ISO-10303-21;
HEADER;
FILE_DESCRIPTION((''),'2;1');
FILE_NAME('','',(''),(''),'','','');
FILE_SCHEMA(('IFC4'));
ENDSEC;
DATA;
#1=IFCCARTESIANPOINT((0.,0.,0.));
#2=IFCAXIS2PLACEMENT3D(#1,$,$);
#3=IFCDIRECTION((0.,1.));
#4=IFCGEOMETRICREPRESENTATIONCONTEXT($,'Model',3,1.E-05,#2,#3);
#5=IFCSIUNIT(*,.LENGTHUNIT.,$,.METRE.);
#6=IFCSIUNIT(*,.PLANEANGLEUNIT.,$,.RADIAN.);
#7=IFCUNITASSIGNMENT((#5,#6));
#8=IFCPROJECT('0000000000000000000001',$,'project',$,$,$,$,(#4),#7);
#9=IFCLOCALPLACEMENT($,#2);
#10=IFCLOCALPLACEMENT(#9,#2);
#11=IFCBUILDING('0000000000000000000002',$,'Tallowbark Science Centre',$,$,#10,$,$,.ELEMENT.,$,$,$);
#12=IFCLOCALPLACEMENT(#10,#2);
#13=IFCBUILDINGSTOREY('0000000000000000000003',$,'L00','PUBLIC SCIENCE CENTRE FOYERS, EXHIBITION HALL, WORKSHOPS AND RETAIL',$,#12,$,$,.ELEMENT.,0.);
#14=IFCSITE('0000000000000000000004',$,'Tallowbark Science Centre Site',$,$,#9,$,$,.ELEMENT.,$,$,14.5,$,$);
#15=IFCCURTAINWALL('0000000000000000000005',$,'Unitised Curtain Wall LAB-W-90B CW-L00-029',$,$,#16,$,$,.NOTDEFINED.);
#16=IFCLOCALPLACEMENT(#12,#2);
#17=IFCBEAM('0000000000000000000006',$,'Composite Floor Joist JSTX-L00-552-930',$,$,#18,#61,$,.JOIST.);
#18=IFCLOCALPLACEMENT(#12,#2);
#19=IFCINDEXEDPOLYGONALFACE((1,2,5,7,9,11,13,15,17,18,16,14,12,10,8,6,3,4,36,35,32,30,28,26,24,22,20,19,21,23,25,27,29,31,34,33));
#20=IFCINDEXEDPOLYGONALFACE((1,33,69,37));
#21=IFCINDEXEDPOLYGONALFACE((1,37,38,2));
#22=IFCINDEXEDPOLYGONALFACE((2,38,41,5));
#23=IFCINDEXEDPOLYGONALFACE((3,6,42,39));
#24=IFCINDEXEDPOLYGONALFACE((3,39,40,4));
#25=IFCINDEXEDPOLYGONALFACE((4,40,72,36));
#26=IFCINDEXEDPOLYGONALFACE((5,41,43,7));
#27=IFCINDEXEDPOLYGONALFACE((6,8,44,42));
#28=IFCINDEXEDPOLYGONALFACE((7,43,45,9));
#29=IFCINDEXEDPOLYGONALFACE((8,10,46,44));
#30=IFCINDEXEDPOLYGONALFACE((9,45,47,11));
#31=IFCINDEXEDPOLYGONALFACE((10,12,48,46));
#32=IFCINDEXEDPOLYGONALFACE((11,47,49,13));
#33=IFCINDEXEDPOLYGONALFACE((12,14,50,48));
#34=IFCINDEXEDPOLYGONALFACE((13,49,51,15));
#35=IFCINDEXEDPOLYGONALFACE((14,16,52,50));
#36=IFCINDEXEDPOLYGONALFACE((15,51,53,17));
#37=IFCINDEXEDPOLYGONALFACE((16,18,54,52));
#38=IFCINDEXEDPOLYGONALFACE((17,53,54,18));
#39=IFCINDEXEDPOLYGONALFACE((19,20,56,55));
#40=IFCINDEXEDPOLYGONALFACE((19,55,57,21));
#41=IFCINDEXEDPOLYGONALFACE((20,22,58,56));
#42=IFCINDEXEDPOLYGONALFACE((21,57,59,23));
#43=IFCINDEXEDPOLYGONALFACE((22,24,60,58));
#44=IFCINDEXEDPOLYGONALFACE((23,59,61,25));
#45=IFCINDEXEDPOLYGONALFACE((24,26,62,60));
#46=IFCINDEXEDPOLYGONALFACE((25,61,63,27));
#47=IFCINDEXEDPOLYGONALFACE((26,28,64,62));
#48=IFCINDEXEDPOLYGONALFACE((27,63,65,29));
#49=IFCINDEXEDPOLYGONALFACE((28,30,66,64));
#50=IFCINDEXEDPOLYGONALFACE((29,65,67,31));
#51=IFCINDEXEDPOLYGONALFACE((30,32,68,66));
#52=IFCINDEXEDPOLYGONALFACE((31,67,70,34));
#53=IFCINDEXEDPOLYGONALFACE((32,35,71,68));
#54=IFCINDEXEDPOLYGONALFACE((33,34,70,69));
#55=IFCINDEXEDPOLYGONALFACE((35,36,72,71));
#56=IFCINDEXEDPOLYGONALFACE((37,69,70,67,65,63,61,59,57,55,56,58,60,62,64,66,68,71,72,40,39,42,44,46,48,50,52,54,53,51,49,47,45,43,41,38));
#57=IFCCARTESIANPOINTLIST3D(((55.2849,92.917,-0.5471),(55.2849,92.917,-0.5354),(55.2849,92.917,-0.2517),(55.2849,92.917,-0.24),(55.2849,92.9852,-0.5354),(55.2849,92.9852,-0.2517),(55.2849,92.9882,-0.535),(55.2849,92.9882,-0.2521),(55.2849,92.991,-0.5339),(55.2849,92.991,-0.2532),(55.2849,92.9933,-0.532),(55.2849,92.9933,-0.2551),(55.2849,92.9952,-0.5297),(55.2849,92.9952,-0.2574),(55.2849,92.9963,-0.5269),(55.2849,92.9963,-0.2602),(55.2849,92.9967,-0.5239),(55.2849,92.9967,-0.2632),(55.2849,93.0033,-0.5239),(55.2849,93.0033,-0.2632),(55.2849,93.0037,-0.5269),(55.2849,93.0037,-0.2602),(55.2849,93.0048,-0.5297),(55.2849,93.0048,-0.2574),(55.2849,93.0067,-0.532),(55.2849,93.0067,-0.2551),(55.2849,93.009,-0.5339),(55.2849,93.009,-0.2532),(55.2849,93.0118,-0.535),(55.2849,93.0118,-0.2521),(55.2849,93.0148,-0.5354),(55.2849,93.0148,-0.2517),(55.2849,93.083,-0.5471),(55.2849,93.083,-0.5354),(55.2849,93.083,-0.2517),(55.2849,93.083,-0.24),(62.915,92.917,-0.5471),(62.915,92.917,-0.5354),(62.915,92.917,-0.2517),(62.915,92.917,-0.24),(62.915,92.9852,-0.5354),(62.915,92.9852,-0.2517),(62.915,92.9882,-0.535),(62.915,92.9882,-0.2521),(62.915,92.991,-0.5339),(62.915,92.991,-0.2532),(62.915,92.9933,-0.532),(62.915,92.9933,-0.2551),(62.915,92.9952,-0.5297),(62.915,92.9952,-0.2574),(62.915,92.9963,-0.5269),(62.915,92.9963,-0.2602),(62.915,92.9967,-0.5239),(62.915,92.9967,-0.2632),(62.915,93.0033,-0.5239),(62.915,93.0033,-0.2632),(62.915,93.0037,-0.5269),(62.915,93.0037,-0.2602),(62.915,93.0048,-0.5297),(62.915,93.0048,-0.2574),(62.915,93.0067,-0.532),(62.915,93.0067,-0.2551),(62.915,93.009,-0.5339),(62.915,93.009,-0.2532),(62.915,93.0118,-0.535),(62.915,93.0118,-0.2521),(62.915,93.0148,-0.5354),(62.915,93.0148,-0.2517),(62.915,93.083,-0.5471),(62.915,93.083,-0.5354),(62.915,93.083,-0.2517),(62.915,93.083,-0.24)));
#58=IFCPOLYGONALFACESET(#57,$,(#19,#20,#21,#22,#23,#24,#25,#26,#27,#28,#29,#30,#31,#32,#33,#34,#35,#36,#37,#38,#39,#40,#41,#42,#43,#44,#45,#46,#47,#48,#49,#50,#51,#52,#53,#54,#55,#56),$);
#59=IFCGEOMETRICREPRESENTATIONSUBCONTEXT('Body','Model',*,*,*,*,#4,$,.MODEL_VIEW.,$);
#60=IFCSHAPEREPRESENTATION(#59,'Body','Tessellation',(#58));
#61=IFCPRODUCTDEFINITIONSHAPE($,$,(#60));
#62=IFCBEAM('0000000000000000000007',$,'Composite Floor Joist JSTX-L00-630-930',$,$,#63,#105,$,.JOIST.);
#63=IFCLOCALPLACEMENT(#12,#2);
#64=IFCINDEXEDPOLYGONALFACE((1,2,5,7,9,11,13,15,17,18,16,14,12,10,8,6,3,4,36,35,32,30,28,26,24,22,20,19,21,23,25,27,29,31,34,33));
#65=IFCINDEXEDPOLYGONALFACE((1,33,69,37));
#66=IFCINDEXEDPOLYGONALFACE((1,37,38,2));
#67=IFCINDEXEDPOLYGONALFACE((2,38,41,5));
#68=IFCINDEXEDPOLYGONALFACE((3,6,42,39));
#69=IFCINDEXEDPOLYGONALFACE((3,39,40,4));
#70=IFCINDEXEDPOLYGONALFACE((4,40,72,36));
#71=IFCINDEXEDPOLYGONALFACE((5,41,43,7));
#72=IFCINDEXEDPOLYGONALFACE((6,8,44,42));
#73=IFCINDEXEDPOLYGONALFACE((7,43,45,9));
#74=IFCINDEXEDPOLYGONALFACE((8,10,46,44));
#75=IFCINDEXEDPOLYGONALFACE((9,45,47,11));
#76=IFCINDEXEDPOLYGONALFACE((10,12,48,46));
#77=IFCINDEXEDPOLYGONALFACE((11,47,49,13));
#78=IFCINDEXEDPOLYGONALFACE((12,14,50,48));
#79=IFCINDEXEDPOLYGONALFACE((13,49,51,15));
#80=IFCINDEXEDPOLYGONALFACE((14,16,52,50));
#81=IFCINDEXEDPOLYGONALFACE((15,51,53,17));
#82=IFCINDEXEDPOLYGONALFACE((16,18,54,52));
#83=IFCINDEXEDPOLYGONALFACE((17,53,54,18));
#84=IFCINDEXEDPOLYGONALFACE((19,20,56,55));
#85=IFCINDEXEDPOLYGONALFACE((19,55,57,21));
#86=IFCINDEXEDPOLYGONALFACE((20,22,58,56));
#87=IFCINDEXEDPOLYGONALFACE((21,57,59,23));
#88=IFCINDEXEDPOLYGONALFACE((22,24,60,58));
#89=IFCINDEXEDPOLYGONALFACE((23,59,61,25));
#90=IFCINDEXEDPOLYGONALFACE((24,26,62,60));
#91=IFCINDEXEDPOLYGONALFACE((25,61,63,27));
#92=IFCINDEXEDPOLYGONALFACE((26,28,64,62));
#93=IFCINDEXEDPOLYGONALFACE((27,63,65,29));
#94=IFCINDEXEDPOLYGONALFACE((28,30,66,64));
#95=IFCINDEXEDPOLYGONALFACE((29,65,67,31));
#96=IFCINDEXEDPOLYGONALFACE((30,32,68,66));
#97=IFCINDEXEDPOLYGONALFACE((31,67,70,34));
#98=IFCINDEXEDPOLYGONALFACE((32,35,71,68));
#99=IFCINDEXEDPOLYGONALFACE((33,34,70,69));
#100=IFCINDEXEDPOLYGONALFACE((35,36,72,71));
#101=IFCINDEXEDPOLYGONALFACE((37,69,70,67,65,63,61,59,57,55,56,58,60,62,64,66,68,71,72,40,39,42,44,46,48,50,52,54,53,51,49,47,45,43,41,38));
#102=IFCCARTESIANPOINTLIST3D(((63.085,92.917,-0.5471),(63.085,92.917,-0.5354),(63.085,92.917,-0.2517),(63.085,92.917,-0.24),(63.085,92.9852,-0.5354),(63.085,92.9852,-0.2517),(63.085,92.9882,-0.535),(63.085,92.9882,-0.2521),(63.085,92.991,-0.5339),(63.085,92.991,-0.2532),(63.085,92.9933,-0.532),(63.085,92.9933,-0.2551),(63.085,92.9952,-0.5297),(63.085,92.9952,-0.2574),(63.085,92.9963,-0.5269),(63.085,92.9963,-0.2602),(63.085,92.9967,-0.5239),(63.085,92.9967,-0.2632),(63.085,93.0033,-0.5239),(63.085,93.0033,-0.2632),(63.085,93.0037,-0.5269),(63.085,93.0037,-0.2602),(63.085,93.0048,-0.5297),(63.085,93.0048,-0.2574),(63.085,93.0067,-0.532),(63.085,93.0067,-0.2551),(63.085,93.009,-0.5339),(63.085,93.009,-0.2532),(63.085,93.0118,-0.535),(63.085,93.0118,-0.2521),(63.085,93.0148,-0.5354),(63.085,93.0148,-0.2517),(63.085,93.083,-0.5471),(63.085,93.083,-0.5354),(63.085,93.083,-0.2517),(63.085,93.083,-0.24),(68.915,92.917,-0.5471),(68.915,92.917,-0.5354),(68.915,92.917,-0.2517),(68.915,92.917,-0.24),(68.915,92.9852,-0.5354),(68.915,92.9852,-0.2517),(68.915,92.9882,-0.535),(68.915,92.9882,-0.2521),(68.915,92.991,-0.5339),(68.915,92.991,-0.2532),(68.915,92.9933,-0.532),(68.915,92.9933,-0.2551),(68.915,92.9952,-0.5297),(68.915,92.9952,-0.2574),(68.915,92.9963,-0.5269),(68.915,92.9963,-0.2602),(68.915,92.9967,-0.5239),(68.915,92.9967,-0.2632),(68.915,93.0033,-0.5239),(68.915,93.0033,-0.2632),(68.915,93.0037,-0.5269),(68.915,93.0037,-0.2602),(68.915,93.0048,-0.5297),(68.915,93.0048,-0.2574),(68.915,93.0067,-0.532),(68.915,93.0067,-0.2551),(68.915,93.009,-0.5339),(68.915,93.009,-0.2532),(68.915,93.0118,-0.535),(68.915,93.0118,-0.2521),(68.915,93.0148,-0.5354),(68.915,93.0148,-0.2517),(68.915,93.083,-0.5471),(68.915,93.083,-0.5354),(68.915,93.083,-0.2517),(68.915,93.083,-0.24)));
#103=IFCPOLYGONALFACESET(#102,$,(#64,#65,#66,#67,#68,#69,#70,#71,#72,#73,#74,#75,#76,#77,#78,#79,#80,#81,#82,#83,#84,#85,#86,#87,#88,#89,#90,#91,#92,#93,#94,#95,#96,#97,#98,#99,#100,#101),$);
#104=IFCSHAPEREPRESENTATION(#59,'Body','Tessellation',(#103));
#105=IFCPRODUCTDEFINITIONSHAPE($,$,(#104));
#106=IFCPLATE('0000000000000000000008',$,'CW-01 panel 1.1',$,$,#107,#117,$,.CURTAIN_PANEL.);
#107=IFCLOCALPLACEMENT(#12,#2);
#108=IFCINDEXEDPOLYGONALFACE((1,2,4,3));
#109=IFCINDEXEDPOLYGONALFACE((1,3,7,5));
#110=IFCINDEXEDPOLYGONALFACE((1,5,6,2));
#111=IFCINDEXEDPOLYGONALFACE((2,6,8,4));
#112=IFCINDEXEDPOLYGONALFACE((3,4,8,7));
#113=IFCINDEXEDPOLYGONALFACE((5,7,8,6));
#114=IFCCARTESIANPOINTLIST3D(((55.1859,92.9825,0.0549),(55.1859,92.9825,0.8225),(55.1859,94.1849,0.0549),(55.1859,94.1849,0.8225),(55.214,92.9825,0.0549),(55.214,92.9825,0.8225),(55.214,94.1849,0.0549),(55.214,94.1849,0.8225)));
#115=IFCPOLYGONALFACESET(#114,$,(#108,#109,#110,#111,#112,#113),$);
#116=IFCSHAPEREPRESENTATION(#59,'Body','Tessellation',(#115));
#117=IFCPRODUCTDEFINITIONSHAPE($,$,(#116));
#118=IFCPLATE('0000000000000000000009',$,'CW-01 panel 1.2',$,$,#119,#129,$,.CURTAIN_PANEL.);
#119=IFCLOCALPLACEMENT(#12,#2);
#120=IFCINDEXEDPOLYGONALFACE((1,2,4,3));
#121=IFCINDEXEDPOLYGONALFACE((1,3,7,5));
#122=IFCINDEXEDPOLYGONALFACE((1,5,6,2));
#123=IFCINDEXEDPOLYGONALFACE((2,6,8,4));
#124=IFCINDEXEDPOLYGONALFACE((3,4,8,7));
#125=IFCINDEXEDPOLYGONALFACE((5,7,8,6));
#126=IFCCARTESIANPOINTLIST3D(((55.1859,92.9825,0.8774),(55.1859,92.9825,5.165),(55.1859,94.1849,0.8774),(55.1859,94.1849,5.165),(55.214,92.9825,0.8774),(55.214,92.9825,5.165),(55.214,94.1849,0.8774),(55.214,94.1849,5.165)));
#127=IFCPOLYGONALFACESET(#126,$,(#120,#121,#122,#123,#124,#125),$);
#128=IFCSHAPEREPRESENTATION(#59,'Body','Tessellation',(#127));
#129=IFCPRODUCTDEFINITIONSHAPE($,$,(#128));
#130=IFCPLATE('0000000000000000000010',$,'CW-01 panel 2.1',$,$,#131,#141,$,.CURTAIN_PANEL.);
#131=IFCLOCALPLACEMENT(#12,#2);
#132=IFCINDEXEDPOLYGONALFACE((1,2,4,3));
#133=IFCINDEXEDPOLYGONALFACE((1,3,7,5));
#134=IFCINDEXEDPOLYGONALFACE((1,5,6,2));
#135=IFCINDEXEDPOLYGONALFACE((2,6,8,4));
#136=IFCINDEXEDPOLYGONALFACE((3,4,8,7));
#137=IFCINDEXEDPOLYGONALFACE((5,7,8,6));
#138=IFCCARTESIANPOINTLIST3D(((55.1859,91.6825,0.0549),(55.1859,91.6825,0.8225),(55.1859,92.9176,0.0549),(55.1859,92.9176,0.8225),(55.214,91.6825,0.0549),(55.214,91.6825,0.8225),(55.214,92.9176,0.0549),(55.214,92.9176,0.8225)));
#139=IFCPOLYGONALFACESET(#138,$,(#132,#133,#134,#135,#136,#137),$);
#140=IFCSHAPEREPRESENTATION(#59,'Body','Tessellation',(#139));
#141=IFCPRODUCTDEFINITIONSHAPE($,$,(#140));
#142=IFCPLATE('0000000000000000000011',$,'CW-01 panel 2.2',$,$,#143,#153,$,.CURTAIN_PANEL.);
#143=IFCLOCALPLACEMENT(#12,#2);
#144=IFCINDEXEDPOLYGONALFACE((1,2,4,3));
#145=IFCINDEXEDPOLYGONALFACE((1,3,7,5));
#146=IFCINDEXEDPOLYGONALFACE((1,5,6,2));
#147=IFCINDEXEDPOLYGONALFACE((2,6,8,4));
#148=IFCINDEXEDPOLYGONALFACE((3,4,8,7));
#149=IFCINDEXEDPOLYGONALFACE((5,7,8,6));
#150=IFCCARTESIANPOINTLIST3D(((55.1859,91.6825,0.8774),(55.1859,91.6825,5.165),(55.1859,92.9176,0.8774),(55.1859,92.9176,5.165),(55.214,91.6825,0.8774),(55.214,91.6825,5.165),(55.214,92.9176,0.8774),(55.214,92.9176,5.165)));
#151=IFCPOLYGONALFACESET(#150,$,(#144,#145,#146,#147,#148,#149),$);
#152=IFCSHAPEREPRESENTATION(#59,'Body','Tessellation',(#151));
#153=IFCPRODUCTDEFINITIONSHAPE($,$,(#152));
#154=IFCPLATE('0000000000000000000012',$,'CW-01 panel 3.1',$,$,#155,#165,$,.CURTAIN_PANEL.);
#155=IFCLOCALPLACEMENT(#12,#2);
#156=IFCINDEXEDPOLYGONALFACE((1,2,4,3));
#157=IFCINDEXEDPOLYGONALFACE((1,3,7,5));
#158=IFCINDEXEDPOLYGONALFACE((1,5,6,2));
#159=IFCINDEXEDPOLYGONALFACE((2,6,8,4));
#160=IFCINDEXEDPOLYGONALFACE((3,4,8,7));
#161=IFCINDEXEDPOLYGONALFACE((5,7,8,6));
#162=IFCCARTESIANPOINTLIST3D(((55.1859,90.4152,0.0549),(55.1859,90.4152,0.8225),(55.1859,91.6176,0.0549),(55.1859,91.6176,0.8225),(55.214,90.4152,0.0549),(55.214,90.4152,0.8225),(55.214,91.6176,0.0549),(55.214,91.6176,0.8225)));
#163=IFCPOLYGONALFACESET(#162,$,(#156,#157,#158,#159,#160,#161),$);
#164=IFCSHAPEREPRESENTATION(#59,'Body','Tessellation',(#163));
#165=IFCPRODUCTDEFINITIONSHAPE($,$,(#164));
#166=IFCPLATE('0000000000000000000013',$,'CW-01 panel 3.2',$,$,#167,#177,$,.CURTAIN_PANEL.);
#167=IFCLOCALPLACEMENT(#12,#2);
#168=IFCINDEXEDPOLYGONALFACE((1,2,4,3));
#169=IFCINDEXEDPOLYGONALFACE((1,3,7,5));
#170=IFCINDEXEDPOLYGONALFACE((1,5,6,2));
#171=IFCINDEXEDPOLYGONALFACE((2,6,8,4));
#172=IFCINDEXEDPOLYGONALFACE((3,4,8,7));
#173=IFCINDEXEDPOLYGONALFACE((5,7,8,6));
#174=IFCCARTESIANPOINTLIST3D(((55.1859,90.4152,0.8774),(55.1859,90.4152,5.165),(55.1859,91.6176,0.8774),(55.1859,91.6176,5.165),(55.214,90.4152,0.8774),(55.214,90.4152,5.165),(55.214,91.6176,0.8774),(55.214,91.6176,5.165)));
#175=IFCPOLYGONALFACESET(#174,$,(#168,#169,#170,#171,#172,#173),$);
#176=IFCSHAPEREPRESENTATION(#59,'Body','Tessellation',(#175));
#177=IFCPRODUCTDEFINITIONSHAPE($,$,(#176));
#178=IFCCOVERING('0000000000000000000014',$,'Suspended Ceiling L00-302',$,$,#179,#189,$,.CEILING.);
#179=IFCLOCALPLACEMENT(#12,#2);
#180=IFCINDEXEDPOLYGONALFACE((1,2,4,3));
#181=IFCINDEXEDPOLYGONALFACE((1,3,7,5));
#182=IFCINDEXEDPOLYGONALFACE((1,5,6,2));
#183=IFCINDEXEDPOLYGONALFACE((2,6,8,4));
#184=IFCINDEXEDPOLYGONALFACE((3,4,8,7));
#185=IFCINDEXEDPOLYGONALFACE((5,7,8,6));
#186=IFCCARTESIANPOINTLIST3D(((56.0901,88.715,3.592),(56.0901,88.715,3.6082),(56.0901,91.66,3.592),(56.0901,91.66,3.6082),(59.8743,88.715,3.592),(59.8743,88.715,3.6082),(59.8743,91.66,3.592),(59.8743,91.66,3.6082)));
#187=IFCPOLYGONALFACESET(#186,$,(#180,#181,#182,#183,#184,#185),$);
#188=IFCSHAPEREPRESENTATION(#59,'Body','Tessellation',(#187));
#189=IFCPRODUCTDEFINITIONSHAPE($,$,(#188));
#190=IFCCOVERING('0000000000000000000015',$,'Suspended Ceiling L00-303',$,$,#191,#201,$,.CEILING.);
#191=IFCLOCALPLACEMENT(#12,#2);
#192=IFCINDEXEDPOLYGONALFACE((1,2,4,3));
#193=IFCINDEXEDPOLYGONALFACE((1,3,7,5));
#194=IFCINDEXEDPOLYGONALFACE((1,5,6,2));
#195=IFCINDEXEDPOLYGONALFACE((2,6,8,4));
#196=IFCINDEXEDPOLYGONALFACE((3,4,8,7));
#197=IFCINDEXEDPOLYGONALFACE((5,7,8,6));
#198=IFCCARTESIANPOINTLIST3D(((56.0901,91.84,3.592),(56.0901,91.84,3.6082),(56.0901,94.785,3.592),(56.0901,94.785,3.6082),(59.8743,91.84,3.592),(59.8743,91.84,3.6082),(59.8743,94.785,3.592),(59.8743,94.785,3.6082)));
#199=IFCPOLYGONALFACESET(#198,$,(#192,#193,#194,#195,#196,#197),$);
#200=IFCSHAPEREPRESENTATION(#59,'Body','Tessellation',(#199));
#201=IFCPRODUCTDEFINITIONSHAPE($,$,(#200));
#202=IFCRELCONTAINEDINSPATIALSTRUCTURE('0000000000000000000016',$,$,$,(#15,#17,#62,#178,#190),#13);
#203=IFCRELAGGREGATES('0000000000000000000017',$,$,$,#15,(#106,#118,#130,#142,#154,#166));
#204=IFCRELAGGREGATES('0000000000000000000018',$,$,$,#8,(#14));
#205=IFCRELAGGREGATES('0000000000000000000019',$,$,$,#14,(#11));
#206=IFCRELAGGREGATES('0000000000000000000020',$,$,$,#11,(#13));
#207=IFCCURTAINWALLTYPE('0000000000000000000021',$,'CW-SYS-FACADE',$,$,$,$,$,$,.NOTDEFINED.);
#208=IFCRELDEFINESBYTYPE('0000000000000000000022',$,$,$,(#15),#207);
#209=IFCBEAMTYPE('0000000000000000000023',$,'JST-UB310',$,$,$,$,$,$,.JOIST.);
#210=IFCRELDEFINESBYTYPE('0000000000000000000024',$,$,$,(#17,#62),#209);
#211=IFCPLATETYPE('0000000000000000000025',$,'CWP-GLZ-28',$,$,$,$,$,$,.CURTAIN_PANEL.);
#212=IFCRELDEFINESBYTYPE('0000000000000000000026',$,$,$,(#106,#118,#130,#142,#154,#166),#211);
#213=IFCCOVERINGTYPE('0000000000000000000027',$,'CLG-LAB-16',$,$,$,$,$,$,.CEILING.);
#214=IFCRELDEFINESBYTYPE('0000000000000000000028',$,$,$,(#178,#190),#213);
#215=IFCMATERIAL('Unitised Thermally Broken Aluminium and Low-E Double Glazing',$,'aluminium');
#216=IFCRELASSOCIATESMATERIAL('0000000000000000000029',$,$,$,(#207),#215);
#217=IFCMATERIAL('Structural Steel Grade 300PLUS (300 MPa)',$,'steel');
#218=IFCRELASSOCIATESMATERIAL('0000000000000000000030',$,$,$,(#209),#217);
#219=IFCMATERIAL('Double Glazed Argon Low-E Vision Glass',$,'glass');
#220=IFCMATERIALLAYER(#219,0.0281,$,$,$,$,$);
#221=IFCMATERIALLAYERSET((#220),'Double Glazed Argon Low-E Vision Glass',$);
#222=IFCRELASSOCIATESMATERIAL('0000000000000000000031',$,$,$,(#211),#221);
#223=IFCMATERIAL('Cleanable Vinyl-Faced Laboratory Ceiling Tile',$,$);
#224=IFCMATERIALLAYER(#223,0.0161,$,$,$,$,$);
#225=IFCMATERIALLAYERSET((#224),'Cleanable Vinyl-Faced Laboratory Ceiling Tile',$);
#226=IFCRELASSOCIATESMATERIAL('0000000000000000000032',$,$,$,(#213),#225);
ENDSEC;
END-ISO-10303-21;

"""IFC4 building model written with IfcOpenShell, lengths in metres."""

from ifc_helpers import new_model, si_unit, direction, frame, origin, origin_2d, place, context, subcontext, project, spatial, rectangle, i_section, extrude, material, layer, layer_set, material_profile, profile_set, type_object, element, aggregate, save


model = new_model("IFC4")

# Units and contexts
model_context = context("Model", 3, precision=1e-05, world=origin(), true_north=direction((0.0, 1.0)))
body_context = subcontext(model_context, "Body", "Model", "MODEL_VIEW")
ifc_project = project(units=[si_unit("LENGTHUNIT", "METRE"), si_unit("PLANEANGLEUNIT", "RADIAN")], contexts=[model_context])

# Site, building, storey
site_placement = place(None, origin())
site = spatial("IfcSite", under=ifc_project, at=site_placement, Name="Tallowbark Science Centre Site", CompositionType="ELEMENT", RefElevation=14.5)
building_placement = place(site_placement, origin())
building = spatial("IfcBuilding", under=site, at=building_placement, Name="Tallowbark Science Centre", CompositionType="ELEMENT")
storey_placement = place(building_placement, origin())
storey = spatial("IfcBuildingStorey", under=building, at=storey_placement, Name="L00", Description="PUBLIC SCIENCE CENTRE FOYERS, EXHIBITION HALL, WORKSHOPS AND RETAIL", CompositionType="ELEMENT", Elevation=0.0)

# Curtain wall
ifc_material_1 = material(Name="Unitised Thermally Broken Aluminium and Low-E Double Glazing", Category="aluminium")
curtain_wall_type = type_object("IfcCurtainWallType", Name="CW-SYS-FACADE", PredefinedType="NOTDEFINED", material=ifc_material_1)
curtain_wall_placement = place(storey_placement, origin())
curtain_wall = element("IfcCurtainWall", 1, at=curtain_wall_placement, inside=storey, type_object=curtain_wall_type, Name="Unitised Curtain Wall LAB-W-90B CW-L00-029", PredefinedType="NOTDEFINED")

# Beams
ifc_material_2 = material(Name="Structural Steel Grade 300PLUS (300 MPa)", Category="steel")
ifc_material_profile_1 = material_profile(ifc_material_2, i_section(OverallWidth=0.166, OverallDepth=0.3071, WebThickness=0.0066, FlangeThickness=0.0117, FilletRadius=0.0115, at=origin_2d()), Name="310UB46.2")
ifc_profile_set_1 = profile_set([ifc_material_profile_1], Name="Structural Steel Grade 300PLUS (300 MPa)")
beam_type_1 = type_object("IfcBeamType", Name="JST-UB310", PredefinedType="JOIST", material=ifc_profile_set_1)
beam_1_placement = place(storey_placement, frame((55.2849, 93.0, -0.3936), z_axis=(1.0, 0.0, 0.0), x_axis=(0.0, 1.0, 0.0)))
element("IfcBeam", 2, at=beam_1_placement, inside=storey, type_object=beam_type_1, Name="Composite Floor Joist JSTX-L00-552-930", PredefinedType="JOIST", context=body_context, shape_type="SweptSolid", body=[
    extrude(i_section(OverallWidth=0.166, OverallDepth=0.3071, WebThickness=0.0066, FlangeThickness=0.0117, FilletRadius=0.0115, at=origin_2d()), origin(), (0.0, 0.0, 1.0), 7.6301),
])
beam_2_placement = place(storey_placement, frame((63.085, 93.0, -0.3936), z_axis=(1.0, 0.0, 0.0), x_axis=(0.0, 1.0, 0.0)))
element("IfcBeam", 3, at=beam_2_placement, inside=storey, type_object=beam_type_1, Name="Composite Floor Joist JSTX-L00-630-930", PredefinedType="JOIST", context=body_context, shape_type="SweptSolid", body=[
    extrude(i_section(OverallWidth=0.166, OverallDepth=0.3071, WebThickness=0.0066, FlangeThickness=0.0117, FilletRadius=0.0115, at=origin_2d()), origin(), (0.0, 0.0, 1.0), 5.8301),
])

# Plates
ifc_material_3 = material(Name="Double Glazed Argon Low-E Vision Glass", Category="glass")
ifc_layer_1 = layer(ifc_material_3, 0.0281)
ifc_layer_set_1 = layer_set([ifc_layer_1], Name="Double Glazed Argon Low-E Vision Glass")
plate_type = type_object("IfcPlateType", Name="CWP-GLZ-28", PredefinedType="CURTAIN_PANEL", material=ifc_layer_set_1)
plate_1_placement = place(storey_placement, frame((55.2, 93.5837, 0.0549), z_axis=(0.0, 0.0, 1.0), x_axis=(0.0, -1.0, 0.0)))
plate_1 = element("IfcPlate", 4, at=plate_1_placement, type_object=plate_type, Name="CW-01 panel 1.1", PredefinedType="CURTAIN_PANEL", context=body_context, shape_type="SweptSolid", body=[
    extrude(rectangle(XDim=1.2024, YDim=0.0281, at=origin_2d()), origin(), (0.0, 0.0, 1.0), 0.7676),
])
plate_2_placement = place(storey_placement, frame((55.2, 93.5837, 0.8774), z_axis=(0.0, 0.0, 1.0), x_axis=(0.0, -1.0, 0.0)))
plate_2 = element("IfcPlate", 5, at=plate_2_placement, type_object=plate_type, Name="CW-01 panel 1.2", PredefinedType="CURTAIN_PANEL", context=body_context, shape_type="SweptSolid", body=[
    extrude(rectangle(XDim=1.2024, YDim=0.0281, at=origin_2d()), origin(), (0.0, 0.0, 1.0), 4.2876),
])
plate_3_placement = place(storey_placement, frame((55.2, 92.3, 0.0549), z_axis=(0.0, 0.0, 1.0), x_axis=(0.0, -1.0, 0.0)))
plate_3 = element("IfcPlate", 6, at=plate_3_placement, type_object=plate_type, Name="CW-01 panel 2.1", PredefinedType="CURTAIN_PANEL", context=body_context, shape_type="SweptSolid", body=[
    extrude(rectangle(XDim=1.2351, YDim=0.0281, at=origin_2d()), origin(), (0.0, 0.0, 1.0), 0.7676),
])
plate_4_placement = place(storey_placement, frame((55.2, 92.3, 0.8774), z_axis=(0.0, 0.0, 1.0), x_axis=(0.0, -1.0, 0.0)))
plate_4 = element("IfcPlate", 7, at=plate_4_placement, type_object=plate_type, Name="CW-01 panel 2.2", PredefinedType="CURTAIN_PANEL", context=body_context, shape_type="SweptSolid", body=[
    extrude(rectangle(XDim=1.2351, YDim=0.0281, at=origin_2d()), origin(), (0.0, 0.0, 1.0), 4.2876),
])
plate_5_placement = place(storey_placement, frame((55.2, 91.0164, 0.0549), z_axis=(0.0, 0.0, 1.0), x_axis=(0.0, -1.0, 0.0)))
plate_5 = element("IfcPlate", 8, at=plate_5_placement, type_object=plate_type, Name="CW-01 panel 3.1", PredefinedType="CURTAIN_PANEL", context=body_context, shape_type="SweptSolid", body=[
    extrude(rectangle(XDim=1.2024, YDim=0.0281, at=origin_2d()), origin(), (0.0, 0.0, 1.0), 0.7676),
])
plate_6_placement = place(storey_placement, frame((55.2, 91.0164, 0.8774), z_axis=(0.0, 0.0, 1.0), x_axis=(0.0, -1.0, 0.0)))
plate_6 = element("IfcPlate", 9, at=plate_6_placement, type_object=plate_type, Name="CW-01 panel 3.2", PredefinedType="CURTAIN_PANEL", context=body_context, shape_type="SweptSolid", body=[
    extrude(rectangle(XDim=1.2024, YDim=0.0281, at=origin_2d()), origin(), (0.0, 0.0, 1.0), 4.2876),
])
aggregate(curtain_wall, [plate_1, plate_2, plate_3, plate_4, plate_5, plate_6])

# Coverings
ifc_material_4 = material(Name="Cleanable Vinyl-Faced Laboratory Ceiling Tile")
ifc_layer_2 = layer(ifc_material_4, 0.0161)
ifc_layer_set_2 = layer_set([ifc_layer_2], Name="Cleanable Vinyl-Faced Laboratory Ceiling Tile")
covering_type_1 = type_object("IfcCoveringType", Name="CLG-LAB-16", PredefinedType="CEILING", material=ifc_layer_set_2)
for number, where, z_axis, x_axis, name in (
    (10, (57.9822, 90.1875, 3.592), (0.0, 0.0, 1.0), (1.0, 0.0, 0.0), "Suspended Ceiling L00-302"),
    (11, (57.9822, 93.3125, 3.592), (0.0, 0.0, 1.0), (1.0, 0.0, 0.0), "Suspended Ceiling L00-303"),
):
    element("IfcCovering", number, at=place(storey_placement, frame(where, z_axis=z_axis, x_axis=x_axis)), inside=storey, type_object=covering_type_1, Name=name, PredefinedType="CEILING", context=body_context, shape_type="SweptSolid", body=[
        extrude(rectangle(XDim=3.7842, YDim=2.9451, at=origin_2d()), origin(), (0.0, 0.0, 1.0), 0.0161),
    ])

save(model, "model.ifc")
